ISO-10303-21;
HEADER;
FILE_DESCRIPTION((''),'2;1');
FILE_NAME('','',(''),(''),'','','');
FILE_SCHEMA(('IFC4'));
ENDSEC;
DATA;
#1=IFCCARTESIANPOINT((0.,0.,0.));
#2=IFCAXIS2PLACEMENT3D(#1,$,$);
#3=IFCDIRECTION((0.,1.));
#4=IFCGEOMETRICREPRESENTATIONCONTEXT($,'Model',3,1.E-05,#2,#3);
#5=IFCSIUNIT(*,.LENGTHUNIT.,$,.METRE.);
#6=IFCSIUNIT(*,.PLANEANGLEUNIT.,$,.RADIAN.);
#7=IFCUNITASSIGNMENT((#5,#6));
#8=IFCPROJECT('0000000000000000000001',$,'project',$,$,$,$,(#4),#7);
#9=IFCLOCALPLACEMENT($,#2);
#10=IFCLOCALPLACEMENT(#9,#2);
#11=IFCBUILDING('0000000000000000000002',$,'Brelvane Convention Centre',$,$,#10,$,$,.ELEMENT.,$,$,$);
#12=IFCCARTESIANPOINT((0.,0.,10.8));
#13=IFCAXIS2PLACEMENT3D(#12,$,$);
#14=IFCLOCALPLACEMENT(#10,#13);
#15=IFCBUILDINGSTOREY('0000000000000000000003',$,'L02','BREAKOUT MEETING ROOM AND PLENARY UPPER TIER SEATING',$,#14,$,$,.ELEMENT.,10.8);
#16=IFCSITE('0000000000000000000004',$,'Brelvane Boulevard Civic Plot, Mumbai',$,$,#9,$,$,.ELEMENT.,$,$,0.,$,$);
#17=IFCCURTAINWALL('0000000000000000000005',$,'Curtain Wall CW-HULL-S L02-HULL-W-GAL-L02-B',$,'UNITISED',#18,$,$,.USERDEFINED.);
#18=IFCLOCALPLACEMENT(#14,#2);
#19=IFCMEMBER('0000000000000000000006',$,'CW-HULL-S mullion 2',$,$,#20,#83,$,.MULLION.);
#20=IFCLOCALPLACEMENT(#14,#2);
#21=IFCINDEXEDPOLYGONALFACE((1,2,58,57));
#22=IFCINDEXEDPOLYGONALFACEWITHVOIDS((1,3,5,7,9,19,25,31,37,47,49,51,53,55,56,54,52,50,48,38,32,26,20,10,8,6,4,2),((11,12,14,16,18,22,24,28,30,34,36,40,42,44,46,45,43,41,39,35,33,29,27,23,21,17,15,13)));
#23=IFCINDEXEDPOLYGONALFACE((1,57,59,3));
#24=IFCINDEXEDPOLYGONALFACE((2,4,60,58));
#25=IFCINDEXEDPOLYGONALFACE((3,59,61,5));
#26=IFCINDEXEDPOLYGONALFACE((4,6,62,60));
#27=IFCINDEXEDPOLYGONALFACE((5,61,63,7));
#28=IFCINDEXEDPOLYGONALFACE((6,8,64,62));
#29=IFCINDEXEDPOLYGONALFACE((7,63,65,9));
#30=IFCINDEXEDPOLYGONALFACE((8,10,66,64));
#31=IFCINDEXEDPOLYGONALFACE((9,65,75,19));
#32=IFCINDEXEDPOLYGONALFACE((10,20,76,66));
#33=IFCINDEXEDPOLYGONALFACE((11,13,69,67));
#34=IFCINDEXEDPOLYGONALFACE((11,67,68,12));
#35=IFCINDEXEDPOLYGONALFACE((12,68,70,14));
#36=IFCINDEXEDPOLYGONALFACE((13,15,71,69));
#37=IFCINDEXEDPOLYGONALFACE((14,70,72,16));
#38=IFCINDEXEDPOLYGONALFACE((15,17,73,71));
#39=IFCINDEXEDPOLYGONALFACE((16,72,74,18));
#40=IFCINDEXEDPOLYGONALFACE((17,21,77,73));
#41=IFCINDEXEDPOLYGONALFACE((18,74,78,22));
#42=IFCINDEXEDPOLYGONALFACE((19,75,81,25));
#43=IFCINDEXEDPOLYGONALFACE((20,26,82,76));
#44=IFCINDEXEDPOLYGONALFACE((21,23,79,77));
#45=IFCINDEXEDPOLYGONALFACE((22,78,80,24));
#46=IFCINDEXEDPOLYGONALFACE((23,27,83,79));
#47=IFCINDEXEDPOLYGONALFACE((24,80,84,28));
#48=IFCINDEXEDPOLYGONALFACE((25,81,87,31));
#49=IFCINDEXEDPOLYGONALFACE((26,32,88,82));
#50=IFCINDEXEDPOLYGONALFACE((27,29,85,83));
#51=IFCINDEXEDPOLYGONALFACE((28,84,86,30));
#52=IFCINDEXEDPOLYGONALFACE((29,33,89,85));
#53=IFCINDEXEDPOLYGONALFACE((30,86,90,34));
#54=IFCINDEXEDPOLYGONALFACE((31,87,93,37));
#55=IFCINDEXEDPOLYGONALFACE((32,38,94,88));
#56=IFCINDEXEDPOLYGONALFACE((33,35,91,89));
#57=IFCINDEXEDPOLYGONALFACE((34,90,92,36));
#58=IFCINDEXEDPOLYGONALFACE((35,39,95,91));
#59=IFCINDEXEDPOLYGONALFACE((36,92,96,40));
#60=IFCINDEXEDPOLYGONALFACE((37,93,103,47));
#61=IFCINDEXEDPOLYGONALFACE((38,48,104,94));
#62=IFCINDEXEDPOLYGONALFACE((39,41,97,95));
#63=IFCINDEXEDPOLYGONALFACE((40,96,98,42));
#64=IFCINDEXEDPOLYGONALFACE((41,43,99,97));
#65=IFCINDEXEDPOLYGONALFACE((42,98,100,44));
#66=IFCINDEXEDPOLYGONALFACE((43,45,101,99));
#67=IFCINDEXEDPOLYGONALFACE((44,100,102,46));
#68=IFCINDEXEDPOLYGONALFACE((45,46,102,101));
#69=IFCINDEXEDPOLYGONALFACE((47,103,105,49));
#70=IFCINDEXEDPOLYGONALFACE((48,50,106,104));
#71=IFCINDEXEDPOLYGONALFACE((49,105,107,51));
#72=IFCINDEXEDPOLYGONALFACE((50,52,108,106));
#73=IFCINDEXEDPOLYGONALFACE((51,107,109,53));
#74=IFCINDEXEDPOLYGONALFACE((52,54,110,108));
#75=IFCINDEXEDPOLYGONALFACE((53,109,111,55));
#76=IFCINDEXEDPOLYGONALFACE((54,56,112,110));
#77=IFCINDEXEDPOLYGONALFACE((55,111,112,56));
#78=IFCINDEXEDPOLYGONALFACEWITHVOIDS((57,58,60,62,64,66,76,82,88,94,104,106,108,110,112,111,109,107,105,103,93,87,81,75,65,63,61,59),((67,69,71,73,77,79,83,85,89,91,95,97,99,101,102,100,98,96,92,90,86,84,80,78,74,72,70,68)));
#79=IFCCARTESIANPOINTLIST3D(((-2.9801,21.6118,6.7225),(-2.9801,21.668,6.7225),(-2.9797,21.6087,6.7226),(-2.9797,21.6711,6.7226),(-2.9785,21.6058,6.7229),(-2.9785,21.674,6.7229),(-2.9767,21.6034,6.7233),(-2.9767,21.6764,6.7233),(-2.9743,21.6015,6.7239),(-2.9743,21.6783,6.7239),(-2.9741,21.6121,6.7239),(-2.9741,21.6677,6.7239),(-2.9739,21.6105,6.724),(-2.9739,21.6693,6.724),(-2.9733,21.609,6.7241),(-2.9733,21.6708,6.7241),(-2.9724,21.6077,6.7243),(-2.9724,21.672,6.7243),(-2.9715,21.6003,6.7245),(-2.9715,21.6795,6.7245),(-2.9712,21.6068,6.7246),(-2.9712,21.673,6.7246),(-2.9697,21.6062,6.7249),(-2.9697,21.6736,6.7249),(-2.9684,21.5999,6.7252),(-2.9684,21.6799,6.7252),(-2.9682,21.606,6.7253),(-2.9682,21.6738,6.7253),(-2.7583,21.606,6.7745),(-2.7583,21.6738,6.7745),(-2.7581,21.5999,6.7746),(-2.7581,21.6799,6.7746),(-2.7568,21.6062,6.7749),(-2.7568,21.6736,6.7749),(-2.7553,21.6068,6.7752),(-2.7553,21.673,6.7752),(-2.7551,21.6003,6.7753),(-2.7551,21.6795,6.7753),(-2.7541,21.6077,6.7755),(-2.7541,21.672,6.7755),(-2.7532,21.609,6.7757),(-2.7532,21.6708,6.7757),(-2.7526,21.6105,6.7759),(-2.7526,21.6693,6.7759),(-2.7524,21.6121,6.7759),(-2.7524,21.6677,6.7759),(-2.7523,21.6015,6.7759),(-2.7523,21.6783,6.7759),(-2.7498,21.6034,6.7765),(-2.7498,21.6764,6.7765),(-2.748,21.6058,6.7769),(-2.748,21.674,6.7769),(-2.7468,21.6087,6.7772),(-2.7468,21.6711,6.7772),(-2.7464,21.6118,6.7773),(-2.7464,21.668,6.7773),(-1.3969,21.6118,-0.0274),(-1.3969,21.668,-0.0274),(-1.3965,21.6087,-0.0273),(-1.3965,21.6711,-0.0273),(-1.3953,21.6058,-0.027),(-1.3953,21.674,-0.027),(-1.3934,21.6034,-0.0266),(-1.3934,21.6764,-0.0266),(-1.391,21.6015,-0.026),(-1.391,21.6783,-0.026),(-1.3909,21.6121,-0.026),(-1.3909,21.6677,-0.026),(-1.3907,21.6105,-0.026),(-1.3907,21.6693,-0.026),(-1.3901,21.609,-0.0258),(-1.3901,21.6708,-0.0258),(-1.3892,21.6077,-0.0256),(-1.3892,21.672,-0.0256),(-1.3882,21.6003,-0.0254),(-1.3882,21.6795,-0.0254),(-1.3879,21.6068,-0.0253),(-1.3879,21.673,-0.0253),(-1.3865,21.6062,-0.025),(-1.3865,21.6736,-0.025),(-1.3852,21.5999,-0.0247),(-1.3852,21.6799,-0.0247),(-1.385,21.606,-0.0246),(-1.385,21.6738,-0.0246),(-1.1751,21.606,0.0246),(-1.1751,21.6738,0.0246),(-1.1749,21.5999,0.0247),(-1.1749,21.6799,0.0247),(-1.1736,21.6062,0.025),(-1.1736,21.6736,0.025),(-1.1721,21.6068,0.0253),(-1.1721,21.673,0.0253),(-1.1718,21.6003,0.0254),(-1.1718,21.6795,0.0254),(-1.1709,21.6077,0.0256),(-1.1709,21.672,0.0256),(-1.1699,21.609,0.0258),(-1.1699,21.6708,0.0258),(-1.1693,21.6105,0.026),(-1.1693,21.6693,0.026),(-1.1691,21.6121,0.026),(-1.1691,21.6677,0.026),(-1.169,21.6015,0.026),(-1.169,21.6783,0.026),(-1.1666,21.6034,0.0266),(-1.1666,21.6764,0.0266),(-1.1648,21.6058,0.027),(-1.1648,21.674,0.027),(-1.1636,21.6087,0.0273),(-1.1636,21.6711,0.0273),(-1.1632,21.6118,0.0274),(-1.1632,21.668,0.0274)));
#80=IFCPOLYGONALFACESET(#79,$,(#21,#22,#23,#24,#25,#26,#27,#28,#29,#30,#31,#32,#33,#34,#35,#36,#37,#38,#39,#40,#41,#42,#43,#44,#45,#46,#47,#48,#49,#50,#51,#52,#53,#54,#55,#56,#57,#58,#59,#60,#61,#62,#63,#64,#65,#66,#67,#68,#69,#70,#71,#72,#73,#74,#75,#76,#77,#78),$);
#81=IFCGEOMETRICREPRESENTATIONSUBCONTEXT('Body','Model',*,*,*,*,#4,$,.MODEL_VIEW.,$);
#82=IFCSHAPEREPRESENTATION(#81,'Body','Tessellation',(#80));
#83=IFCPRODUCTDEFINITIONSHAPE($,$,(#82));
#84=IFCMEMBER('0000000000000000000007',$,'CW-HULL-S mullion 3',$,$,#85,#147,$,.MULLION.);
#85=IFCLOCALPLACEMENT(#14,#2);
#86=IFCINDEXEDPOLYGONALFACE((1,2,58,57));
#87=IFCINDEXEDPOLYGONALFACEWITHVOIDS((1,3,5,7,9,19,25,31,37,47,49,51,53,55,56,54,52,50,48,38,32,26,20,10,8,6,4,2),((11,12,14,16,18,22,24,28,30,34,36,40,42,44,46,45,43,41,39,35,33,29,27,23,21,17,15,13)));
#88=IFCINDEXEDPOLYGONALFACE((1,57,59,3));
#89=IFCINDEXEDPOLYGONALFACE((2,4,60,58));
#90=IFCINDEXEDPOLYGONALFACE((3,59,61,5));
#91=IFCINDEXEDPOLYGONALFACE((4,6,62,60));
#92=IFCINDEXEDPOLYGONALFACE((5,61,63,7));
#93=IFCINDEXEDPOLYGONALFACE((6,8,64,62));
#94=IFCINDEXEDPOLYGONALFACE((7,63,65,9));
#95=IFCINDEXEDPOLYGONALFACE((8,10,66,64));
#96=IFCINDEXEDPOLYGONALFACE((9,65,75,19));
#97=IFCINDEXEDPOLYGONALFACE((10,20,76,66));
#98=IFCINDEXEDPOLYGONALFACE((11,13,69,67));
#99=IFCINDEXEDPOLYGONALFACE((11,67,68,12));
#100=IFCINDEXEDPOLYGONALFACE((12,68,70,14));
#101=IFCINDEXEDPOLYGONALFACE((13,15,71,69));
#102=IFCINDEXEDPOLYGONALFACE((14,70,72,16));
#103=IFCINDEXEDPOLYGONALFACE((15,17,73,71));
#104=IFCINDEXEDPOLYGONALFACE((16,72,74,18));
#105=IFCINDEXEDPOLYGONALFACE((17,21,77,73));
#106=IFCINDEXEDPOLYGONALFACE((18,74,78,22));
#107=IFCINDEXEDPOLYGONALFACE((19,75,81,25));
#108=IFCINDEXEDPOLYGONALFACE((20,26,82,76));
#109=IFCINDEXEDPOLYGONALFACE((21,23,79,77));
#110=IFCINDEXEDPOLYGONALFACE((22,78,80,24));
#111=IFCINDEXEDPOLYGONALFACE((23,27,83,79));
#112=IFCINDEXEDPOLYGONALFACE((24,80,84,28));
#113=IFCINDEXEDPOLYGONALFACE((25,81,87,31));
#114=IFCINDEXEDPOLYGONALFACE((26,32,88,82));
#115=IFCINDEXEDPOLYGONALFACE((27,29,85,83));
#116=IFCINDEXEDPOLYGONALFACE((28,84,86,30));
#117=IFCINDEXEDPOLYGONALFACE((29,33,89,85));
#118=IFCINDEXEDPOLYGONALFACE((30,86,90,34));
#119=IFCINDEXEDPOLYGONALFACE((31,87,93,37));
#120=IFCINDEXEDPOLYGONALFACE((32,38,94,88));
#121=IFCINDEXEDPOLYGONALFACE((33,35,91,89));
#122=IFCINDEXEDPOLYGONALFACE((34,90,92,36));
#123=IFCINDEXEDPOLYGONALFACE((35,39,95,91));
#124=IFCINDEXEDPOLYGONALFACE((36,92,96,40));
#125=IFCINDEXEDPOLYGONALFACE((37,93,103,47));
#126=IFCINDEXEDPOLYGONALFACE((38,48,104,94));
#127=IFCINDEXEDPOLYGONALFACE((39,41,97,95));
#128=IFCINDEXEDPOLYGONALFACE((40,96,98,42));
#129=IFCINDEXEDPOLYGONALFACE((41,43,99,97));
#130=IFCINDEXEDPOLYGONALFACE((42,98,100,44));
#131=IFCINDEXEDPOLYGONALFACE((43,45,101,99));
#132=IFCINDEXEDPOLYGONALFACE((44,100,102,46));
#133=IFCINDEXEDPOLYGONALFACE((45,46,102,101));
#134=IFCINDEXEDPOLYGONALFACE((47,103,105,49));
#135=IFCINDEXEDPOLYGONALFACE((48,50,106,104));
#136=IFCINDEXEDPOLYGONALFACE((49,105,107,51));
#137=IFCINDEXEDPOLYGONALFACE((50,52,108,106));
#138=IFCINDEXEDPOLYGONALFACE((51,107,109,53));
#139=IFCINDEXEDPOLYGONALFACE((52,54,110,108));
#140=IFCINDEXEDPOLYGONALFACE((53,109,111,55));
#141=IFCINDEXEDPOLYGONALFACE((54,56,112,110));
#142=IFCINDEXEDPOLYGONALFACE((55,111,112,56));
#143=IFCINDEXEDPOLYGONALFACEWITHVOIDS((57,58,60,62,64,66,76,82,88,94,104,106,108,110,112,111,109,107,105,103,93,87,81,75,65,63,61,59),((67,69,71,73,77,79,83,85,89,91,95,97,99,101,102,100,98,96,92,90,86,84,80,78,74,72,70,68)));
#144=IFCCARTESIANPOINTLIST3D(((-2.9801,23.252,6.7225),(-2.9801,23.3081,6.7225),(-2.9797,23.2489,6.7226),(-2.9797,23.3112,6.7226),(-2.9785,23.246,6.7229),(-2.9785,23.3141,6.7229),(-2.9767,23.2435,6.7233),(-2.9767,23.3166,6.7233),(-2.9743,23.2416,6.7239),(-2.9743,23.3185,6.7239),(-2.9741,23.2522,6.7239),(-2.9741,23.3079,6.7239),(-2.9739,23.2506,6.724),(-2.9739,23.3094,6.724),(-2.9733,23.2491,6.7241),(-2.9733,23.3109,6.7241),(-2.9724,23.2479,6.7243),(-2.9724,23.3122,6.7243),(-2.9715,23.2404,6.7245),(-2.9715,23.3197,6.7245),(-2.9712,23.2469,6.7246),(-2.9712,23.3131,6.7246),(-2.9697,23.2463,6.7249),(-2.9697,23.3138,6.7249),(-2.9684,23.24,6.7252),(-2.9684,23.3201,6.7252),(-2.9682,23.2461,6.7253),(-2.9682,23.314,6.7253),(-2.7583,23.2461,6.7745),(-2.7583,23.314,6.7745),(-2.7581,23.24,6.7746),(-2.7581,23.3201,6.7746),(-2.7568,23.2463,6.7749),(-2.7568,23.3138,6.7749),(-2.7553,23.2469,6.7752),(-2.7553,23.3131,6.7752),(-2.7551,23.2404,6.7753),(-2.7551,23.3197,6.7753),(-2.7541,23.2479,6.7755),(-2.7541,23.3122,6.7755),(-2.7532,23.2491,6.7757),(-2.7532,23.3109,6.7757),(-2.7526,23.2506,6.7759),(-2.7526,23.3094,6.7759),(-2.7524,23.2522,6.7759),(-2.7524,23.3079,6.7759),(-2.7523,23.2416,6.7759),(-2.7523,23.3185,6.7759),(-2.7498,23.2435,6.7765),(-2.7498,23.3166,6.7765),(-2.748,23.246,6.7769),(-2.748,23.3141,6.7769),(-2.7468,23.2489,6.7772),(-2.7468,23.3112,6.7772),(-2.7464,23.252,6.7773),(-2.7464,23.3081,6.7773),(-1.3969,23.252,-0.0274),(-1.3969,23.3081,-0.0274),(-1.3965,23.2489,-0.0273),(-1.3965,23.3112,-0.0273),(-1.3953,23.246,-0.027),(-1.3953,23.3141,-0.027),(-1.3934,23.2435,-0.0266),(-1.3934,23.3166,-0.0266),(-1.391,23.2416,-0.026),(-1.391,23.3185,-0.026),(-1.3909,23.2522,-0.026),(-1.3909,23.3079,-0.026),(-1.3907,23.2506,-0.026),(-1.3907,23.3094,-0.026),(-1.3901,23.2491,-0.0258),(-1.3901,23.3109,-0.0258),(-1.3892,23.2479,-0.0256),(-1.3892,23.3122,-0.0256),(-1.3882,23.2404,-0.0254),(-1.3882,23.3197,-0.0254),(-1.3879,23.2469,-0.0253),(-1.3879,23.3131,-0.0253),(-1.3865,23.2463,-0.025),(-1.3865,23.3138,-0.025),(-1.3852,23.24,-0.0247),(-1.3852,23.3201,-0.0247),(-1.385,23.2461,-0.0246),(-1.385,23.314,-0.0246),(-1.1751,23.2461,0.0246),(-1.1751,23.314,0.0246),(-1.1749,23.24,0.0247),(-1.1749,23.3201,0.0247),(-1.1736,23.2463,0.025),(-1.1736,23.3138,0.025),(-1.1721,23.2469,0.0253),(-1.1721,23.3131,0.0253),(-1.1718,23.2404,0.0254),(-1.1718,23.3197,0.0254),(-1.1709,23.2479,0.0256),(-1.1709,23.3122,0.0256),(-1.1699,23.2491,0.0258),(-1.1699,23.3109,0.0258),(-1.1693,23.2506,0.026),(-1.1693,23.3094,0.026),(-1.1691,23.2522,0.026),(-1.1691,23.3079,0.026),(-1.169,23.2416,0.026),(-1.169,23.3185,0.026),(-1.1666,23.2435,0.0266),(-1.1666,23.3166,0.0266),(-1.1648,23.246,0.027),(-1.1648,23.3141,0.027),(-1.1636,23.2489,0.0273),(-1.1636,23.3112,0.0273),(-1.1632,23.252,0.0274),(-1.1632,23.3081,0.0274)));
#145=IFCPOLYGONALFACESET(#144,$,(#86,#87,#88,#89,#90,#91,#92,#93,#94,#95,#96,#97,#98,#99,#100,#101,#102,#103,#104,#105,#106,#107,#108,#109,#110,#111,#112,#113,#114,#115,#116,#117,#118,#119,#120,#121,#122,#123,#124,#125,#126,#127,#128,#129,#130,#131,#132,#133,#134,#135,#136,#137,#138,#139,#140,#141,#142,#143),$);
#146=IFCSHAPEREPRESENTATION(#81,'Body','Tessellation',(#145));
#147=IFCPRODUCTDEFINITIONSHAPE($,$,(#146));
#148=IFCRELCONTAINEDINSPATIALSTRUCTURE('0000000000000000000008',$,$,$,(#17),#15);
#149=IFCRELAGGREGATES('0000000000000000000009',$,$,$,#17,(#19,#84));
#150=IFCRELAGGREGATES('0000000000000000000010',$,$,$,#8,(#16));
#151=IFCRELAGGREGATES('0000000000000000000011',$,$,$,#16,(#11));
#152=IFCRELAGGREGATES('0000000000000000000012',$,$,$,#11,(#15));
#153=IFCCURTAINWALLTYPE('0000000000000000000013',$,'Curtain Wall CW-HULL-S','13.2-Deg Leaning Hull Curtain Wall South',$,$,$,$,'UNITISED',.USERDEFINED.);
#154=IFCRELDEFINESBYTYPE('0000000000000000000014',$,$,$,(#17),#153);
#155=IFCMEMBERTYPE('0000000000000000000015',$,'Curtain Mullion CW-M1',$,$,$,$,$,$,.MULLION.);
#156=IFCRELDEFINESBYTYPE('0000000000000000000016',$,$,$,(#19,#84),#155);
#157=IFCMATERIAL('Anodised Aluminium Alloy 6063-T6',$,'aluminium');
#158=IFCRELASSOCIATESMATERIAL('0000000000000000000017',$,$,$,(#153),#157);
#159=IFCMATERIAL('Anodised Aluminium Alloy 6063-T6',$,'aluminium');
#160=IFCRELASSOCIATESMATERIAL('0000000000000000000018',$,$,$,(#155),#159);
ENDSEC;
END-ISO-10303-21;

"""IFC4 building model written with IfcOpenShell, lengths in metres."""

from ifc_helpers import new_model, si_unit, direction, frame, origin, origin_2d, place, context, subcontext, project, spatial, hollow_rectangle, extrude, material, material_profile, profile_set, type_object, element, aggregate, save


model = new_model("IFC4")

# Units and contexts
model_context = context("Model", 3, precision=1e-05, world=origin(), true_north=direction((0.0, 1.0)))
body_context = subcontext(model_context, "Body", "Model", "MODEL_VIEW")
ifc_project = project(units=[si_unit("LENGTHUNIT", "METRE"), si_unit("PLANEANGLEUNIT", "RADIAN")], contexts=[model_context])

# Site, building, storey
site_placement = place(None, origin())
site = spatial("IfcSite", under=ifc_project, at=site_placement, Name="Brelvane Boulevard Civic Plot, Mumbai", CompositionType="ELEMENT", RefElevation=0.0)
building_placement = place(site_placement, origin())
building = spatial("IfcBuilding", under=site, at=building_placement, Name="Brelvane Convention Centre", CompositionType="ELEMENT")
storey_placement = place(building_placement, frame((0.0, 0.0, 10.8)))
storey = spatial("IfcBuildingStorey", under=building, at=storey_placement, Name="L02", Description="BREAKOUT MEETING ROOM AND PLENARY UPPER TIER SEATING", CompositionType="ELEMENT", Elevation=10.8)

# Curtain wall, members
ifc_material_1 = material(Name="Anodised Aluminium Alloy 6063-T6", Category="aluminium")
curtain_wall_type = type_object("IfcCurtainWallType", Name="Curtain Wall CW-HULL-S", Description="13.2-Deg Leaning Hull Curtain Wall South", ElementType="UNITISED", PredefinedType="USERDEFINED", material=ifc_material_1)
ifc_material_2 = material(Name="Anodised Aluminium Alloy 6063-T6", Category="aluminium")
ifc_material_profile_1 = material_profile(ifc_material_2, hollow_rectangle(XDim=0.0801, YDim=0.24, WallThickness=0.0061, InnerFilletRadius=0.0061, OuterFilletRadius=0.012, at=origin_2d()), Name="ALU-M 240x80x6.0")
ifc_profile_set_1 = profile_set([ifc_material_profile_1], Name="Anodised Aluminium Alloy 6063-T6")
member_type_1 = type_object("IfcMemberType", Name="Curtain Mullion CW-M1", PredefinedType="MULLION", material=ifc_profile_set_1)
curtain_wall_1_placement = place(storey_placement, origin())
curtain_wall_1 = element("IfcCurtainWall", 1, at=curtain_wall_1_placement, inside=storey, type_object=curtain_wall_type, Name="Curtain Wall CW-HULL-S L02-HULL-W-GAL-L02-B", ObjectType="UNITISED", PredefinedType="USERDEFINED")
member_1_placement = place(storey_placement, frame((-1.28, 21.6399, 0.0), z_axis=(-0.228358, 0.0, 0.973577), x_axis=(0.0, -1.0, 0.0)))
member_1 = element("IfcMember", 2, at=member_1_placement, type_object=member_type_1, Name="CW-HULL-S mullion 2", PredefinedType="MULLION", context=body_context, shape_type="SweptSolid", body=[
    extrude(hollow_rectangle(XDim=0.0801, YDim=0.24, WallThickness=0.0061, InnerFilletRadius=0.0061, OuterFilletRadius=0.012, at=origin_2d()), origin(), (0.0, 0.0, 1.0), 6.9331),
])
member_2_placement = place(storey_placement, frame((-1.28, 23.28, 0.0), z_axis=(-0.228358, 0.0, 0.973577), x_axis=(0.0, -1.0, 0.0)))
member_2 = element("IfcMember", 3, at=member_2_placement, type_object=member_type_1, Name="CW-HULL-S mullion 3", PredefinedType="MULLION", context=body_context, shape_type="SweptSolid", body=[
    extrude(hollow_rectangle(XDim=0.0801, YDim=0.24, WallThickness=0.0061, InnerFilletRadius=0.0061, OuterFilletRadius=0.012, at=origin_2d()), origin(), (0.0, 0.0, 1.0), 6.9331),
])
aggregate(curtain_wall_1, [member_1, member_2])

save(model, "model.ifc")
